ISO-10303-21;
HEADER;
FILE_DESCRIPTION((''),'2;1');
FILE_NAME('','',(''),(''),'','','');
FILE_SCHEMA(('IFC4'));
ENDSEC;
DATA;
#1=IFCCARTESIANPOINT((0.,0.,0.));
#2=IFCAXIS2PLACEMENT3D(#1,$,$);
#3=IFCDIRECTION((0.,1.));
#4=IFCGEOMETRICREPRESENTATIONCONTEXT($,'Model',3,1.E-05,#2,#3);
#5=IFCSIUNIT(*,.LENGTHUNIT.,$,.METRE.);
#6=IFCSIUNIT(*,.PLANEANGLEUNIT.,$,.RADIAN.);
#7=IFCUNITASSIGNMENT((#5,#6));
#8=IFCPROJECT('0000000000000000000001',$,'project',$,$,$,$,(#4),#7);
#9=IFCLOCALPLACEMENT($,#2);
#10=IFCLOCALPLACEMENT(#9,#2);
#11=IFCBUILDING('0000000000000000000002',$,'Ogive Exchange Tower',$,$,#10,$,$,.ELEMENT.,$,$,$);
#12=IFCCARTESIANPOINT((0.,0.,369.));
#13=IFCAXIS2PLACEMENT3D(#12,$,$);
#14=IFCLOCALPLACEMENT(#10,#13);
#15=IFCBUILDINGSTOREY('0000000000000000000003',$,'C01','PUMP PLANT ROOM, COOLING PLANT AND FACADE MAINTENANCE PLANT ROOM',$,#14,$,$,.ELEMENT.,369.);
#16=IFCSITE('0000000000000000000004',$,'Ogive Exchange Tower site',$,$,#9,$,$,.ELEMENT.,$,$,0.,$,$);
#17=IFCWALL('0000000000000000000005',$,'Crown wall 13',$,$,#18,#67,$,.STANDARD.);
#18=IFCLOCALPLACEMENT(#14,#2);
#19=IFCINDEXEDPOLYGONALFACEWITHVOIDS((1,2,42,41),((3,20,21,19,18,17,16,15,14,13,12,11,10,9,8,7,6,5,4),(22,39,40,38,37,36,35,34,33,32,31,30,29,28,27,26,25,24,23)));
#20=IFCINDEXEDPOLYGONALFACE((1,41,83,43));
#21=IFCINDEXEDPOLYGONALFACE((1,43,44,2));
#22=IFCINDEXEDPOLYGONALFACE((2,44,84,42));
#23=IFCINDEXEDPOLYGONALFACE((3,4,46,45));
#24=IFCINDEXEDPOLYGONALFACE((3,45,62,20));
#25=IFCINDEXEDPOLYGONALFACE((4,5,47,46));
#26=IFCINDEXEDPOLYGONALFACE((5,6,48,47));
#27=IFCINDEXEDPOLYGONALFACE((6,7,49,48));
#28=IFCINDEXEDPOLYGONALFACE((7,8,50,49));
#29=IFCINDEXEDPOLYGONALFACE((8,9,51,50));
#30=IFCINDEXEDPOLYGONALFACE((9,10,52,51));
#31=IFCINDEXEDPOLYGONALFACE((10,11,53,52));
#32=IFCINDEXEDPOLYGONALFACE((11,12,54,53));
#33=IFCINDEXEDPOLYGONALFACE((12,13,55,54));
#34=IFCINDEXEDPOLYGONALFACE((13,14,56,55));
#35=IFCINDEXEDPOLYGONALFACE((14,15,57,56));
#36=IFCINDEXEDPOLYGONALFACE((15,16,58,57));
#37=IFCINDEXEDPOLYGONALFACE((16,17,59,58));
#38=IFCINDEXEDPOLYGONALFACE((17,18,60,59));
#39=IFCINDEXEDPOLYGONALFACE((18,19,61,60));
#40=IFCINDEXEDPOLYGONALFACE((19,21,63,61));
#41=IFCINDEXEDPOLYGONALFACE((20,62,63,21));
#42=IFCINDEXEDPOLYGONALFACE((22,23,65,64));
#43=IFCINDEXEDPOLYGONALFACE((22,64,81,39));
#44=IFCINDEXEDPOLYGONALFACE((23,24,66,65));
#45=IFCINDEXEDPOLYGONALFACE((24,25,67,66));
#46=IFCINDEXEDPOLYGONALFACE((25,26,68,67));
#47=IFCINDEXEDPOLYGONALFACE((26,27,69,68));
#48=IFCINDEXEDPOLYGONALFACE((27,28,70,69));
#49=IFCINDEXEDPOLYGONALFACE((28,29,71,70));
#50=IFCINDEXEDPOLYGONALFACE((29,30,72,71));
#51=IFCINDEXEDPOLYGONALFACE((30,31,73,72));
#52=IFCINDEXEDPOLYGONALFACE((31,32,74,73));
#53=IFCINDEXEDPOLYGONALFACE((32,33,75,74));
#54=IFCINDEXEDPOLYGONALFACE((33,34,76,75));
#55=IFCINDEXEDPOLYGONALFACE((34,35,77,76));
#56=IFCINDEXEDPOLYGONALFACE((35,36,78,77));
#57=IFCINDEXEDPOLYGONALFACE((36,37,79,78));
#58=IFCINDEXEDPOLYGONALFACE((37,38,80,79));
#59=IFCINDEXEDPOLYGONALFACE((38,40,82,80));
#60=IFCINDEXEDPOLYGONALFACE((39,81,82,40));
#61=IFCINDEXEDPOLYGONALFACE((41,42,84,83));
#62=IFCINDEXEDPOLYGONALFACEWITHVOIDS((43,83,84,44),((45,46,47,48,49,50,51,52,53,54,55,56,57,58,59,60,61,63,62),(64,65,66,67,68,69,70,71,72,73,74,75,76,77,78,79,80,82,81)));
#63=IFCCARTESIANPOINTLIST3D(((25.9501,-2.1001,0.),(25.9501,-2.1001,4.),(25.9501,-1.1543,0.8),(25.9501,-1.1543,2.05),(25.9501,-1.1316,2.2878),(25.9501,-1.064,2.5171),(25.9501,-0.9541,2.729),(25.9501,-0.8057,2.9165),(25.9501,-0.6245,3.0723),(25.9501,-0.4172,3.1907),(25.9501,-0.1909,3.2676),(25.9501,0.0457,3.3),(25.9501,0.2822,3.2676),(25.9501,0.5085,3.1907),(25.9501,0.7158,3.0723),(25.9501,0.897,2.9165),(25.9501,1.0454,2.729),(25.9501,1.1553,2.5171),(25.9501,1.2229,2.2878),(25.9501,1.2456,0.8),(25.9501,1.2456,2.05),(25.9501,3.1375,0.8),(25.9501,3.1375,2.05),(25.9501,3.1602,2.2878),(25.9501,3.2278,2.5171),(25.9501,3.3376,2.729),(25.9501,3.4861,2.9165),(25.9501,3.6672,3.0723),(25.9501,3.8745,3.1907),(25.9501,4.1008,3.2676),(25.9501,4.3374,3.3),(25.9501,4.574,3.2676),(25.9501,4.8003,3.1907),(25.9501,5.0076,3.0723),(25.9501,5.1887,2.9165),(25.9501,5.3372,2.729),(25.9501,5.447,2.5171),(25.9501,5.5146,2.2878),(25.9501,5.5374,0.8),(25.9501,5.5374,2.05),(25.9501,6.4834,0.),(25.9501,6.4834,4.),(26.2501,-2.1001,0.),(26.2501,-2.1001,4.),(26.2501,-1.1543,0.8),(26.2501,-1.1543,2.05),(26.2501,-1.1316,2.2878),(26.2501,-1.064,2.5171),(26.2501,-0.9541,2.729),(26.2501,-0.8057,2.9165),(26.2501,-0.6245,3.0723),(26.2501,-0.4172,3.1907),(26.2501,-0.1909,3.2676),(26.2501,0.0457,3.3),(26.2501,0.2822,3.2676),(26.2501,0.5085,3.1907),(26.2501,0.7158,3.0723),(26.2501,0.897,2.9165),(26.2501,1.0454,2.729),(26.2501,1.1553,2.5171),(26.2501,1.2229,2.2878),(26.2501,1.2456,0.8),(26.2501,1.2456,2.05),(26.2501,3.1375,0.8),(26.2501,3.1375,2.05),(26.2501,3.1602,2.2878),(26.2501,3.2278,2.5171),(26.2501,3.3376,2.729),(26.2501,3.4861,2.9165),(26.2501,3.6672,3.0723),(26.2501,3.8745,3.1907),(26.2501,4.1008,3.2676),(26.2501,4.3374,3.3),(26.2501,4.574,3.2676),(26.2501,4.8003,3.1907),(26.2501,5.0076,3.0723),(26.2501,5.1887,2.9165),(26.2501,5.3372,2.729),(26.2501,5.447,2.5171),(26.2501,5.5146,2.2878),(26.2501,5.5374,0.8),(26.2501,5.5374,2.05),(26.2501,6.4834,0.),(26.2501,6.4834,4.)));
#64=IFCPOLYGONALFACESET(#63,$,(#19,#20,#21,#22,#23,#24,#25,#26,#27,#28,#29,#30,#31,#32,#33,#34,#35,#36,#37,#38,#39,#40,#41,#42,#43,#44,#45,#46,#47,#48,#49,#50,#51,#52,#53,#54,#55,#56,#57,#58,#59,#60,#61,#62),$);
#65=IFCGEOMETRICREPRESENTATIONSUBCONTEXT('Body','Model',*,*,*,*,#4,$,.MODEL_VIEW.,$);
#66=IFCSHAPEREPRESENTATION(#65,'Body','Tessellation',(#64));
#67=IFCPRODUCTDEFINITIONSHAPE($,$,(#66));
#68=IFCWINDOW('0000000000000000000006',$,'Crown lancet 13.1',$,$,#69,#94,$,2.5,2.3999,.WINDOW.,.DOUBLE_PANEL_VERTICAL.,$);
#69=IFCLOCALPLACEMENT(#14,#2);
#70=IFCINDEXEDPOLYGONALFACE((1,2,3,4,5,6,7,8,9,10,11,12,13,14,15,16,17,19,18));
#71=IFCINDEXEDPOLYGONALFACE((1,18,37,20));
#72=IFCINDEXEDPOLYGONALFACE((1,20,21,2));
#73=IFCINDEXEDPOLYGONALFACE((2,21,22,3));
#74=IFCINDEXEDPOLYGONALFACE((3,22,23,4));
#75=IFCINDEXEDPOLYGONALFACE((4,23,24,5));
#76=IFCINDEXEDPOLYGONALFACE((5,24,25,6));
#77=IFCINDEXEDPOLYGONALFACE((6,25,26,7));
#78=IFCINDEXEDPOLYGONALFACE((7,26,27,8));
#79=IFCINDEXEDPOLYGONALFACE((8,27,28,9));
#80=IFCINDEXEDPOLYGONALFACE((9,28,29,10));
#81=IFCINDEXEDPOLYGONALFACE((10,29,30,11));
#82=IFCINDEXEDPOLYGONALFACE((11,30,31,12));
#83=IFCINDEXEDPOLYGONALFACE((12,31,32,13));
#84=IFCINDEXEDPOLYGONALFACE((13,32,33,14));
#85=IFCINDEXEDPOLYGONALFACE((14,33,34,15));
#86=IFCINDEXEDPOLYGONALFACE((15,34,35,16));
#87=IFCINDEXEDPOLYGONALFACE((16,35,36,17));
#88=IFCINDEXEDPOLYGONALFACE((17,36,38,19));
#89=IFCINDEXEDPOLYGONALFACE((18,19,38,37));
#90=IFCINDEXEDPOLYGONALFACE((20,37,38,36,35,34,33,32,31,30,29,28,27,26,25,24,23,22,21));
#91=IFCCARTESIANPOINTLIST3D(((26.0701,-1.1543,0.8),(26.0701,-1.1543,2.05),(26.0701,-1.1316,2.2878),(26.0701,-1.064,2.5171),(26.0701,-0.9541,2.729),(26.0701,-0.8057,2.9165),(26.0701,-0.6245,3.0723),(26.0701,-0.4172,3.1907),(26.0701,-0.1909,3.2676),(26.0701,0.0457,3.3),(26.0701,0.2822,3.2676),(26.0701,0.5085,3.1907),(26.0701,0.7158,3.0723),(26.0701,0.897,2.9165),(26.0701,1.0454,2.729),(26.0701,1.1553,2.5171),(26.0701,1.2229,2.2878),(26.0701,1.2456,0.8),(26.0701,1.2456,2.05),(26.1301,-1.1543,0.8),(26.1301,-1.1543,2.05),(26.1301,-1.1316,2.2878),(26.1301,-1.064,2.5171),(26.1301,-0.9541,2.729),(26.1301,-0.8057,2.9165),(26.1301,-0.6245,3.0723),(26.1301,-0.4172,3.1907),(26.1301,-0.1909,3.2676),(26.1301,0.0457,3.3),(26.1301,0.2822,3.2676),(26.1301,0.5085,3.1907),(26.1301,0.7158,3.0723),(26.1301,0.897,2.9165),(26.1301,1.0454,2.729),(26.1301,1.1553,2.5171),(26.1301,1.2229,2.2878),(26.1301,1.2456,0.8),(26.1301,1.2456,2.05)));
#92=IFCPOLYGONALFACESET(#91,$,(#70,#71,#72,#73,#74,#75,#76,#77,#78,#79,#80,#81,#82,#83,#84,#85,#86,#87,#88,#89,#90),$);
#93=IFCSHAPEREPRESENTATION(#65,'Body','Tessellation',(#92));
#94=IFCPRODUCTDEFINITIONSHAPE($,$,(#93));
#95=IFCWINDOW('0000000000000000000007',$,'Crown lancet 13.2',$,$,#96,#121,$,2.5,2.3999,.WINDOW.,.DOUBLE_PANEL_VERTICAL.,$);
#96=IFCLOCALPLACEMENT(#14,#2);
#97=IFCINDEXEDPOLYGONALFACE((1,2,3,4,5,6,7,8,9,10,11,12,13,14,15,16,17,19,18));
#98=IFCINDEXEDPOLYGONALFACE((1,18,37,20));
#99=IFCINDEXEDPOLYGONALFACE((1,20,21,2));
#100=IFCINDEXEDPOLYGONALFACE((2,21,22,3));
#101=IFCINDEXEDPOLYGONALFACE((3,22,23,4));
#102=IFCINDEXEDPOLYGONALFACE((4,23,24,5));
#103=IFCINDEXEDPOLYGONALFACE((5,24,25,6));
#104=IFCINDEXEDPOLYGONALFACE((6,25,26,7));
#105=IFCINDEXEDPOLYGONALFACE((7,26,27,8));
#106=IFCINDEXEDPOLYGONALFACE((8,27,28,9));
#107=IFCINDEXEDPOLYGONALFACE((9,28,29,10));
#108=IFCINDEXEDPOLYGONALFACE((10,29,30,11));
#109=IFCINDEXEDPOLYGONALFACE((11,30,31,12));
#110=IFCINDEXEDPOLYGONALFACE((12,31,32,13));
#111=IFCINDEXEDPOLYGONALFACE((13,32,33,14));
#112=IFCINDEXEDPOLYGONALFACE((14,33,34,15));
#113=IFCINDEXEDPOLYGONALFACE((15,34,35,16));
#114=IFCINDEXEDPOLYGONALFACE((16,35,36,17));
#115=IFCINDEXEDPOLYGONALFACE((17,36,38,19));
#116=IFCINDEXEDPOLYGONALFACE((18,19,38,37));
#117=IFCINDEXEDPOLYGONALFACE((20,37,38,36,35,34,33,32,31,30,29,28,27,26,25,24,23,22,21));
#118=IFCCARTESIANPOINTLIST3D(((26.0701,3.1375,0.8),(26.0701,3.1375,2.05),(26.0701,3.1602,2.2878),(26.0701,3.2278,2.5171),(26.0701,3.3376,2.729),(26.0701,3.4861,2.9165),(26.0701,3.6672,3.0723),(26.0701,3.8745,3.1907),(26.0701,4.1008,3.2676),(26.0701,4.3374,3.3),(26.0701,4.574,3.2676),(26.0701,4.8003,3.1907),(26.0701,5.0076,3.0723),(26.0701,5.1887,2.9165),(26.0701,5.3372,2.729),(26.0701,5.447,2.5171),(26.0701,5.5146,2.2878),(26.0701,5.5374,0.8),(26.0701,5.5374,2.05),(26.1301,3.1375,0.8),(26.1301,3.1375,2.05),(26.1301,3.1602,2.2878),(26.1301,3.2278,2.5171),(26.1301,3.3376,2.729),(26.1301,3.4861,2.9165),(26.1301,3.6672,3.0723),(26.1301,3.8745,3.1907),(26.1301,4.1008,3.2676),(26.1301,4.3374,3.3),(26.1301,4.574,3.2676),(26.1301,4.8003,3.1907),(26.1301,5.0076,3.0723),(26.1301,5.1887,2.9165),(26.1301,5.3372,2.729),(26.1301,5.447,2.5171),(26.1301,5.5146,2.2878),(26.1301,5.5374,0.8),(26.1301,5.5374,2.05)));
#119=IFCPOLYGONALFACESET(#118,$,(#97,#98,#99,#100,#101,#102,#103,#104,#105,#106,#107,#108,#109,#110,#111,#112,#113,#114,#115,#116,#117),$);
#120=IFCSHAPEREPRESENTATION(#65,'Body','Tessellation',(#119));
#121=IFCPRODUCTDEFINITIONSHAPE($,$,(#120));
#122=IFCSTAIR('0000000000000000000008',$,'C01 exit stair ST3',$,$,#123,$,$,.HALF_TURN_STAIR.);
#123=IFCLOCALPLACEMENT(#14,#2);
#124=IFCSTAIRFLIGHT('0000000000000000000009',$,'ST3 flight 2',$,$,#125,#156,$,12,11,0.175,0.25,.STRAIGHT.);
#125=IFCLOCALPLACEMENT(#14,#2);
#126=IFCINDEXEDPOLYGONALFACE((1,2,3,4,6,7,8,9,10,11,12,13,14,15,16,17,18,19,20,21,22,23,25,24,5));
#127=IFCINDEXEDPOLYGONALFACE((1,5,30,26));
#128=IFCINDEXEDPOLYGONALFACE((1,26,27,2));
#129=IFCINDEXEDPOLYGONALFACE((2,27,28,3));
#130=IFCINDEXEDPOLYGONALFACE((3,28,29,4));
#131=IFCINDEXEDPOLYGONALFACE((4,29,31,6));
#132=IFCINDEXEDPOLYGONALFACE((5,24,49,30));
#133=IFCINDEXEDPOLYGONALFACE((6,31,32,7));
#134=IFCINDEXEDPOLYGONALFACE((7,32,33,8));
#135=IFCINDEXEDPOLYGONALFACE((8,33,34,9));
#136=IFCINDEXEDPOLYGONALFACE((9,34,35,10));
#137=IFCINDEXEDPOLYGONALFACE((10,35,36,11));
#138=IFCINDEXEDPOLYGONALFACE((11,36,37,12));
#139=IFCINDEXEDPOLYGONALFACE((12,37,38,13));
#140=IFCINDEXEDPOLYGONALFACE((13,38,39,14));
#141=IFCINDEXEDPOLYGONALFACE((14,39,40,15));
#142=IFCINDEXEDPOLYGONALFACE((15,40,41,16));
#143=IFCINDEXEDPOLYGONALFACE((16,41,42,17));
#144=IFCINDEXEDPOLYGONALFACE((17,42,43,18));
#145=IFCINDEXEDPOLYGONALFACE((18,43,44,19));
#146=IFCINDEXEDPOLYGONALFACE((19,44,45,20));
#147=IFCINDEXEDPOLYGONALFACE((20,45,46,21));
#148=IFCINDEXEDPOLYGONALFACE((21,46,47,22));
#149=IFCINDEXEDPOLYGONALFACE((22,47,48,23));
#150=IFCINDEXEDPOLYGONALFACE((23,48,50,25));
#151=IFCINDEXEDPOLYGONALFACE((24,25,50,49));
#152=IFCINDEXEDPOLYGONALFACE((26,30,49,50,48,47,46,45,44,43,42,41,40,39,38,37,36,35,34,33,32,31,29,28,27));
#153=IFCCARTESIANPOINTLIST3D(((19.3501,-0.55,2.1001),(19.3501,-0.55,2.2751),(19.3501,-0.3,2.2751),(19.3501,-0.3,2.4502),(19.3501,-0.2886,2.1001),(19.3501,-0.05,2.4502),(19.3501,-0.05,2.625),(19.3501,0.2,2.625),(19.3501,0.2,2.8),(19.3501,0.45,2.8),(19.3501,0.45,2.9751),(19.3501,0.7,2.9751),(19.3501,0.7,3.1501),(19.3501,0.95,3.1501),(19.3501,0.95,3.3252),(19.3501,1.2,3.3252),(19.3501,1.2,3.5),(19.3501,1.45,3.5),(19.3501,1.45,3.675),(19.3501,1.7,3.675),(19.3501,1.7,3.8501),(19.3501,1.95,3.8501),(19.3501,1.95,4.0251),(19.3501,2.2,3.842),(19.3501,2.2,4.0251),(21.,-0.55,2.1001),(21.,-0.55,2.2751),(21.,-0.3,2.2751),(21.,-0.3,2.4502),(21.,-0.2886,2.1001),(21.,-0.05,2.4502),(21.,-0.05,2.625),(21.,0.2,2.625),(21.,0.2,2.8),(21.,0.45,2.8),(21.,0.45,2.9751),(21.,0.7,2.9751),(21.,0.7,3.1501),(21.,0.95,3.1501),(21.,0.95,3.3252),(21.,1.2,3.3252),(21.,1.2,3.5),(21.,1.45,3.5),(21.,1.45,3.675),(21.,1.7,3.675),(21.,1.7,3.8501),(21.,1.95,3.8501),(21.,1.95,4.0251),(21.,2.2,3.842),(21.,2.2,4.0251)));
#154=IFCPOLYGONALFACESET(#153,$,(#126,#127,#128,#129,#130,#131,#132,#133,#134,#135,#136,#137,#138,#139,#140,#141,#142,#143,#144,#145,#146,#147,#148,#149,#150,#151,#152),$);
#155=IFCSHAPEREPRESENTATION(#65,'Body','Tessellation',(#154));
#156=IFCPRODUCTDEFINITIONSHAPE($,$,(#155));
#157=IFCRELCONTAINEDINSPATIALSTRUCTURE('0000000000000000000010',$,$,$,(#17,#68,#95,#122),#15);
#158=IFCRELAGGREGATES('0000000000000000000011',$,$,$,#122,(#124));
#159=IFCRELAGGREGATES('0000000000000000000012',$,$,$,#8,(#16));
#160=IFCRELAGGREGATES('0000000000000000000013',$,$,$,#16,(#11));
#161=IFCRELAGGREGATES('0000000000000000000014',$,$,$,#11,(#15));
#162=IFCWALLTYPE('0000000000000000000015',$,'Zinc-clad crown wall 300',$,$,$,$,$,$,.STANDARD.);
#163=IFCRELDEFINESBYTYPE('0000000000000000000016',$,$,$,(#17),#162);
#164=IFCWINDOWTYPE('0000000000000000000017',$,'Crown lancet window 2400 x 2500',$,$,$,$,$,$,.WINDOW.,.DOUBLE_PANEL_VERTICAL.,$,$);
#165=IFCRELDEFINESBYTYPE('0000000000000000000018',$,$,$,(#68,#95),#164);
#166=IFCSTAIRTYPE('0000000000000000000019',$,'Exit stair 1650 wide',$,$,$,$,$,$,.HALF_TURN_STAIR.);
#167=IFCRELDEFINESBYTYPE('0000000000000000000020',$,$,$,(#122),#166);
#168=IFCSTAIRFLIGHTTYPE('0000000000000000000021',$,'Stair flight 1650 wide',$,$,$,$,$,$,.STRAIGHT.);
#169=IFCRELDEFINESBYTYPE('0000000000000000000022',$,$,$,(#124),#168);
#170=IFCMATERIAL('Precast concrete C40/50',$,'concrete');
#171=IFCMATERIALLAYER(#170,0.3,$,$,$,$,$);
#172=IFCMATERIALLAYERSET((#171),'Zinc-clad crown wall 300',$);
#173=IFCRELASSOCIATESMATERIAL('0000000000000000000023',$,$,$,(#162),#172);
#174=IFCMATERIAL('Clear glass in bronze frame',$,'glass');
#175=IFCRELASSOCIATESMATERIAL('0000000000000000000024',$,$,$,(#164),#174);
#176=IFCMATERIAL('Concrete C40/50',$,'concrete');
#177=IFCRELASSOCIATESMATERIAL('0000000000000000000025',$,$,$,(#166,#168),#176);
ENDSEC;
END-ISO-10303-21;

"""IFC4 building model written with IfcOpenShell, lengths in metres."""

from ifc_helpers import new_model, si_unit, direction, frame, frame_2d, origin, place, context, subcontext, project, spatial, polyline, rectangle, outline, extrude, material, layer, layer_set, type_object, element, fill, aggregate, save


model = new_model("IFC4")

# Units and contexts
model_context = context("Model", 3, precision=1e-05, world=origin(), true_north=direction((0.0, 1.0)))
body_context = subcontext(model_context, "Body", "Model", "MODEL_VIEW")
ifc_project = project(units=[si_unit("LENGTHUNIT", "METRE"), si_unit("PLANEANGLEUNIT", "RADIAN")], contexts=[model_context])

# Site, building, storey
site_placement = place(None, origin())
site = spatial("IfcSite", under=ifc_project, at=site_placement, Name="Ogive Exchange Tower site", CompositionType="ELEMENT", RefElevation=0.0)
building_placement = place(site_placement, origin())
building = spatial("IfcBuilding", under=site, at=building_placement, Name="Ogive Exchange Tower", CompositionType="ELEMENT")
storey_placement = place(building_placement, frame((0.0, 0.0, 369.0)))
storey = spatial("IfcBuildingStorey", under=building, at=storey_placement, Name="C01", Description="PUMP PLANT ROOM, COOLING PLANT AND FACADE MAINTENANCE PLANT ROOM", CompositionType="ELEMENT", Elevation=369.0)

# Shared definitions
ifc_material_1 = material(Name="Precast concrete C40/50", Category="concrete")
ifc_layer_1 = layer(ifc_material_1, 0.3)
ifc_layer_set_1 = layer_set([ifc_layer_1], Name="Zinc-clad crown wall 300")
wall_type_1 = type_object("IfcWallType", Name="Zinc-clad crown wall 300", PredefinedType="STANDARD", material=ifc_layer_set_1)

# Wall, openings, windows
wall_1_placement = place(storey_placement, frame((26.1001, -2.1001, 0.0), z_axis=(0.0, 0.0, 1.0), x_axis=(0.0, 1.0, 0.0)))
wall_1 = element("IfcWall", 1, at=wall_1_placement, inside=storey, type_object=wall_type_1, Name="Crown wall 13", PredefinedType="STANDARD", context=body_context, shape_type="SweptSolid", body=[
    extrude(rectangle(XDim=8.5835, YDim=0.3, at=frame_2d((4.2917, 0.0))), origin(), (0.0, 0.0, 1.0), 4.0),
])
opening_1_placement = place(wall_1_placement, frame((0.9458, 0.0, 0.8)))
opening_1 = element("IfcOpeningElement", 2, at=opening_1_placement, cuts=wall_1, PredefinedType="OPENING", context=body_context, shape_type="SweptSolid", body=[
    extrude(outline(polyline([(0.0, 0.0), (2.3999, 0.0), (2.3999, 1.25), (2.3772, 1.4878), (2.3096, 1.717), (2.1997, 1.929), (2.0513, 2.1165), (1.8701, 2.2722), (1.6628, 2.3906), (1.4365, 2.4675), (1.2, 2.5), (0.9634, 2.4675), (0.7371, 2.3906), (0.5298, 2.2722), (0.3486, 2.1165), (0.2002, 1.929), (0.0903, 1.717), (0.0227, 1.4878), (0.0, 1.25), (0.0, 0.0)])), frame((0.0, 0.1599, 0.0), z_axis=(0.0, -1.0, 0.0), x_axis=(1.0, 0.0, 0.0)), (0.0, 0.0, 1.0), 0.3201),
])
opening_2_placement = place(wall_1_placement, frame((5.2375, 0.0, 0.8)))
opening_2 = element("IfcOpeningElement", 3, at=opening_2_placement, cuts=wall_1, PredefinedType="OPENING", context=body_context, shape_type="SweptSolid", body=[
    extrude(outline(polyline([(0.0, 0.0), (2.3999, 0.0), (2.3999, 1.25), (2.3772, 1.4878), (2.3096, 1.717), (2.1997, 1.929), (2.0513, 2.1165), (1.8701, 2.2722), (1.6628, 2.3906), (1.4365, 2.4675), (1.2, 2.5), (0.9634, 2.4675), (0.7371, 2.3906), (0.5298, 2.2722), (0.3486, 2.1165), (0.2002, 1.929), (0.0903, 1.717), (0.0227, 1.4878), (0.0, 1.25), (0.0, 0.0)])), frame((0.0, 0.1599, 0.0), z_axis=(0.0, -1.0, 0.0), x_axis=(1.0, 0.0, 0.0)), (0.0, 0.0, 1.0), 0.3201),
])
ifc_material_2 = material(Name="Clear glass in bronze frame", Category="glass")
window_type = type_object("IfcWindowType", Name="Crown lancet window 2400 x 2500", PartitioningType="DOUBLE_PANEL_VERTICAL", PredefinedType="WINDOW", material=ifc_material_2)
window_1_placement = place(opening_1_placement, origin())
window_1 = element("IfcWindow", 4, at=window_1_placement, inside=storey, type_object=window_type, Name="Crown lancet 13.1", OverallHeight=2.5, OverallWidth=2.3999, PartitioningType="DOUBLE_PANEL_VERTICAL", PredefinedType="WINDOW", context=body_context, shape_type="SweptSolid", body=[
    extrude(outline(polyline([(0.0, 0.0), (2.3999, 0.0), (2.3999, 1.25), (2.3772, 1.4878), (2.3096, 1.717), (2.1997, 1.929), (2.0513, 2.1165), (1.8701, 2.2722), (1.6628, 2.3906), (1.4365, 2.4675), (1.2, 2.5), (0.9634, 2.4675), (0.7371, 2.3906), (0.5298, 2.2722), (0.3486, 2.1165), (0.2002, 1.929), (0.0903, 1.717), (0.0227, 1.4878), (0.0, 1.25), (0.0, 0.0)])), frame((0.0, 0.03, 0.0), z_axis=(0.0, -1.0, 0.0), x_axis=(1.0, 0.0, 0.0)), (0.0, 0.0, 1.0), 0.0601),
])
fill(opening_1, window_1)
window_2_placement = place(opening_2_placement, origin())
window_2 = element("IfcWindow", 5, at=window_2_placement, inside=storey, type_object=window_type, Name="Crown lancet 13.2", OverallHeight=2.5, OverallWidth=2.3999, PartitioningType="DOUBLE_PANEL_VERTICAL", PredefinedType="WINDOW", context=body_context, shape_type="SweptSolid", body=[
    extrude(outline(polyline([(0.0, 0.0), (2.3999, 0.0), (2.3999, 1.25), (2.3772, 1.4878), (2.3096, 1.717), (2.1997, 1.929), (2.0513, 2.1165), (1.8701, 2.2722), (1.6628, 2.3906), (1.4365, 2.4675), (1.2, 2.5), (0.9634, 2.4675), (0.7371, 2.3906), (0.5298, 2.2722), (0.3486, 2.1165), (0.2002, 1.929), (0.0903, 1.717), (0.0227, 1.4878), (0.0, 1.25), (0.0, 0.0)])), frame((0.0, 0.03, 0.0), z_axis=(0.0, -1.0, 0.0), x_axis=(1.0, 0.0, 0.0)), (0.0, 0.0, 1.0), 0.0601),
])
fill(opening_2, window_2)

# Stair, stair flight
ifc_material_3 = material(Name="Concrete C40/50", Category="concrete")
stair_type = type_object("IfcStairType", Name="Exit stair 1650 wide", PredefinedType="HALF_TURN_STAIR", material=ifc_material_3)
stair_placement = place(storey_placement, origin())
stair = element("IfcStair", 6, at=stair_placement, inside=storey, type_object=stair_type, Name="C01 exit stair ST3", PredefinedType="HALF_TURN_STAIR")
stair_flight_type = type_object("IfcStairFlightType", Name="Stair flight 1650 wide", PredefinedType="STRAIGHT", material=ifc_material_3)
stair_flight_placement = place(storey_placement, frame((20.175, -0.55, 2.1001), z_axis=(0.0, 0.0, 1.0), x_axis=(0.0, 1.0, 0.0)))
stair_flight = element("IfcStairFlight", 7, at=stair_flight_placement, type_object=stair_flight_type, Name="ST3 flight 2", NumberOfRisers=12, NumberOfTreads=11, PredefinedType="STRAIGHT", RiserHeight=0.175, TreadLength=0.25, context=body_context, shape_type="SweptSolid", body=[
    extrude(outline(polyline([(0.0, 0.0), (0.0, 0.175), (0.25, 0.175), (0.25, 0.3501), (0.5, 0.3501), (0.5, 0.5249), (0.75, 0.5249), (0.75, 0.7), (1.0, 0.7), (1.0, 0.875), (1.25, 0.875), (1.25, 1.05), (1.5, 1.05), (1.5, 1.2251), (1.75, 1.2251), (1.75, 1.3999), (2.0, 1.3999), (2.0, 1.575), (2.25, 1.575), (2.25, 1.75), (2.5, 1.75), (2.5, 1.925), (2.75, 1.925), (2.75, 2.1001), (2.75, 1.7419), (0.2615, 0.0), (0.0, 0.0)])), frame((0.0, 0.825, 0.0), z_axis=(0.0, -1.0, 0.0), x_axis=(1.0, 0.0, 0.0)), (0.0, 0.0, 1.0), 1.6499),
])
aggregate(stair, [stair_flight])

save(model, "model.ifc")
